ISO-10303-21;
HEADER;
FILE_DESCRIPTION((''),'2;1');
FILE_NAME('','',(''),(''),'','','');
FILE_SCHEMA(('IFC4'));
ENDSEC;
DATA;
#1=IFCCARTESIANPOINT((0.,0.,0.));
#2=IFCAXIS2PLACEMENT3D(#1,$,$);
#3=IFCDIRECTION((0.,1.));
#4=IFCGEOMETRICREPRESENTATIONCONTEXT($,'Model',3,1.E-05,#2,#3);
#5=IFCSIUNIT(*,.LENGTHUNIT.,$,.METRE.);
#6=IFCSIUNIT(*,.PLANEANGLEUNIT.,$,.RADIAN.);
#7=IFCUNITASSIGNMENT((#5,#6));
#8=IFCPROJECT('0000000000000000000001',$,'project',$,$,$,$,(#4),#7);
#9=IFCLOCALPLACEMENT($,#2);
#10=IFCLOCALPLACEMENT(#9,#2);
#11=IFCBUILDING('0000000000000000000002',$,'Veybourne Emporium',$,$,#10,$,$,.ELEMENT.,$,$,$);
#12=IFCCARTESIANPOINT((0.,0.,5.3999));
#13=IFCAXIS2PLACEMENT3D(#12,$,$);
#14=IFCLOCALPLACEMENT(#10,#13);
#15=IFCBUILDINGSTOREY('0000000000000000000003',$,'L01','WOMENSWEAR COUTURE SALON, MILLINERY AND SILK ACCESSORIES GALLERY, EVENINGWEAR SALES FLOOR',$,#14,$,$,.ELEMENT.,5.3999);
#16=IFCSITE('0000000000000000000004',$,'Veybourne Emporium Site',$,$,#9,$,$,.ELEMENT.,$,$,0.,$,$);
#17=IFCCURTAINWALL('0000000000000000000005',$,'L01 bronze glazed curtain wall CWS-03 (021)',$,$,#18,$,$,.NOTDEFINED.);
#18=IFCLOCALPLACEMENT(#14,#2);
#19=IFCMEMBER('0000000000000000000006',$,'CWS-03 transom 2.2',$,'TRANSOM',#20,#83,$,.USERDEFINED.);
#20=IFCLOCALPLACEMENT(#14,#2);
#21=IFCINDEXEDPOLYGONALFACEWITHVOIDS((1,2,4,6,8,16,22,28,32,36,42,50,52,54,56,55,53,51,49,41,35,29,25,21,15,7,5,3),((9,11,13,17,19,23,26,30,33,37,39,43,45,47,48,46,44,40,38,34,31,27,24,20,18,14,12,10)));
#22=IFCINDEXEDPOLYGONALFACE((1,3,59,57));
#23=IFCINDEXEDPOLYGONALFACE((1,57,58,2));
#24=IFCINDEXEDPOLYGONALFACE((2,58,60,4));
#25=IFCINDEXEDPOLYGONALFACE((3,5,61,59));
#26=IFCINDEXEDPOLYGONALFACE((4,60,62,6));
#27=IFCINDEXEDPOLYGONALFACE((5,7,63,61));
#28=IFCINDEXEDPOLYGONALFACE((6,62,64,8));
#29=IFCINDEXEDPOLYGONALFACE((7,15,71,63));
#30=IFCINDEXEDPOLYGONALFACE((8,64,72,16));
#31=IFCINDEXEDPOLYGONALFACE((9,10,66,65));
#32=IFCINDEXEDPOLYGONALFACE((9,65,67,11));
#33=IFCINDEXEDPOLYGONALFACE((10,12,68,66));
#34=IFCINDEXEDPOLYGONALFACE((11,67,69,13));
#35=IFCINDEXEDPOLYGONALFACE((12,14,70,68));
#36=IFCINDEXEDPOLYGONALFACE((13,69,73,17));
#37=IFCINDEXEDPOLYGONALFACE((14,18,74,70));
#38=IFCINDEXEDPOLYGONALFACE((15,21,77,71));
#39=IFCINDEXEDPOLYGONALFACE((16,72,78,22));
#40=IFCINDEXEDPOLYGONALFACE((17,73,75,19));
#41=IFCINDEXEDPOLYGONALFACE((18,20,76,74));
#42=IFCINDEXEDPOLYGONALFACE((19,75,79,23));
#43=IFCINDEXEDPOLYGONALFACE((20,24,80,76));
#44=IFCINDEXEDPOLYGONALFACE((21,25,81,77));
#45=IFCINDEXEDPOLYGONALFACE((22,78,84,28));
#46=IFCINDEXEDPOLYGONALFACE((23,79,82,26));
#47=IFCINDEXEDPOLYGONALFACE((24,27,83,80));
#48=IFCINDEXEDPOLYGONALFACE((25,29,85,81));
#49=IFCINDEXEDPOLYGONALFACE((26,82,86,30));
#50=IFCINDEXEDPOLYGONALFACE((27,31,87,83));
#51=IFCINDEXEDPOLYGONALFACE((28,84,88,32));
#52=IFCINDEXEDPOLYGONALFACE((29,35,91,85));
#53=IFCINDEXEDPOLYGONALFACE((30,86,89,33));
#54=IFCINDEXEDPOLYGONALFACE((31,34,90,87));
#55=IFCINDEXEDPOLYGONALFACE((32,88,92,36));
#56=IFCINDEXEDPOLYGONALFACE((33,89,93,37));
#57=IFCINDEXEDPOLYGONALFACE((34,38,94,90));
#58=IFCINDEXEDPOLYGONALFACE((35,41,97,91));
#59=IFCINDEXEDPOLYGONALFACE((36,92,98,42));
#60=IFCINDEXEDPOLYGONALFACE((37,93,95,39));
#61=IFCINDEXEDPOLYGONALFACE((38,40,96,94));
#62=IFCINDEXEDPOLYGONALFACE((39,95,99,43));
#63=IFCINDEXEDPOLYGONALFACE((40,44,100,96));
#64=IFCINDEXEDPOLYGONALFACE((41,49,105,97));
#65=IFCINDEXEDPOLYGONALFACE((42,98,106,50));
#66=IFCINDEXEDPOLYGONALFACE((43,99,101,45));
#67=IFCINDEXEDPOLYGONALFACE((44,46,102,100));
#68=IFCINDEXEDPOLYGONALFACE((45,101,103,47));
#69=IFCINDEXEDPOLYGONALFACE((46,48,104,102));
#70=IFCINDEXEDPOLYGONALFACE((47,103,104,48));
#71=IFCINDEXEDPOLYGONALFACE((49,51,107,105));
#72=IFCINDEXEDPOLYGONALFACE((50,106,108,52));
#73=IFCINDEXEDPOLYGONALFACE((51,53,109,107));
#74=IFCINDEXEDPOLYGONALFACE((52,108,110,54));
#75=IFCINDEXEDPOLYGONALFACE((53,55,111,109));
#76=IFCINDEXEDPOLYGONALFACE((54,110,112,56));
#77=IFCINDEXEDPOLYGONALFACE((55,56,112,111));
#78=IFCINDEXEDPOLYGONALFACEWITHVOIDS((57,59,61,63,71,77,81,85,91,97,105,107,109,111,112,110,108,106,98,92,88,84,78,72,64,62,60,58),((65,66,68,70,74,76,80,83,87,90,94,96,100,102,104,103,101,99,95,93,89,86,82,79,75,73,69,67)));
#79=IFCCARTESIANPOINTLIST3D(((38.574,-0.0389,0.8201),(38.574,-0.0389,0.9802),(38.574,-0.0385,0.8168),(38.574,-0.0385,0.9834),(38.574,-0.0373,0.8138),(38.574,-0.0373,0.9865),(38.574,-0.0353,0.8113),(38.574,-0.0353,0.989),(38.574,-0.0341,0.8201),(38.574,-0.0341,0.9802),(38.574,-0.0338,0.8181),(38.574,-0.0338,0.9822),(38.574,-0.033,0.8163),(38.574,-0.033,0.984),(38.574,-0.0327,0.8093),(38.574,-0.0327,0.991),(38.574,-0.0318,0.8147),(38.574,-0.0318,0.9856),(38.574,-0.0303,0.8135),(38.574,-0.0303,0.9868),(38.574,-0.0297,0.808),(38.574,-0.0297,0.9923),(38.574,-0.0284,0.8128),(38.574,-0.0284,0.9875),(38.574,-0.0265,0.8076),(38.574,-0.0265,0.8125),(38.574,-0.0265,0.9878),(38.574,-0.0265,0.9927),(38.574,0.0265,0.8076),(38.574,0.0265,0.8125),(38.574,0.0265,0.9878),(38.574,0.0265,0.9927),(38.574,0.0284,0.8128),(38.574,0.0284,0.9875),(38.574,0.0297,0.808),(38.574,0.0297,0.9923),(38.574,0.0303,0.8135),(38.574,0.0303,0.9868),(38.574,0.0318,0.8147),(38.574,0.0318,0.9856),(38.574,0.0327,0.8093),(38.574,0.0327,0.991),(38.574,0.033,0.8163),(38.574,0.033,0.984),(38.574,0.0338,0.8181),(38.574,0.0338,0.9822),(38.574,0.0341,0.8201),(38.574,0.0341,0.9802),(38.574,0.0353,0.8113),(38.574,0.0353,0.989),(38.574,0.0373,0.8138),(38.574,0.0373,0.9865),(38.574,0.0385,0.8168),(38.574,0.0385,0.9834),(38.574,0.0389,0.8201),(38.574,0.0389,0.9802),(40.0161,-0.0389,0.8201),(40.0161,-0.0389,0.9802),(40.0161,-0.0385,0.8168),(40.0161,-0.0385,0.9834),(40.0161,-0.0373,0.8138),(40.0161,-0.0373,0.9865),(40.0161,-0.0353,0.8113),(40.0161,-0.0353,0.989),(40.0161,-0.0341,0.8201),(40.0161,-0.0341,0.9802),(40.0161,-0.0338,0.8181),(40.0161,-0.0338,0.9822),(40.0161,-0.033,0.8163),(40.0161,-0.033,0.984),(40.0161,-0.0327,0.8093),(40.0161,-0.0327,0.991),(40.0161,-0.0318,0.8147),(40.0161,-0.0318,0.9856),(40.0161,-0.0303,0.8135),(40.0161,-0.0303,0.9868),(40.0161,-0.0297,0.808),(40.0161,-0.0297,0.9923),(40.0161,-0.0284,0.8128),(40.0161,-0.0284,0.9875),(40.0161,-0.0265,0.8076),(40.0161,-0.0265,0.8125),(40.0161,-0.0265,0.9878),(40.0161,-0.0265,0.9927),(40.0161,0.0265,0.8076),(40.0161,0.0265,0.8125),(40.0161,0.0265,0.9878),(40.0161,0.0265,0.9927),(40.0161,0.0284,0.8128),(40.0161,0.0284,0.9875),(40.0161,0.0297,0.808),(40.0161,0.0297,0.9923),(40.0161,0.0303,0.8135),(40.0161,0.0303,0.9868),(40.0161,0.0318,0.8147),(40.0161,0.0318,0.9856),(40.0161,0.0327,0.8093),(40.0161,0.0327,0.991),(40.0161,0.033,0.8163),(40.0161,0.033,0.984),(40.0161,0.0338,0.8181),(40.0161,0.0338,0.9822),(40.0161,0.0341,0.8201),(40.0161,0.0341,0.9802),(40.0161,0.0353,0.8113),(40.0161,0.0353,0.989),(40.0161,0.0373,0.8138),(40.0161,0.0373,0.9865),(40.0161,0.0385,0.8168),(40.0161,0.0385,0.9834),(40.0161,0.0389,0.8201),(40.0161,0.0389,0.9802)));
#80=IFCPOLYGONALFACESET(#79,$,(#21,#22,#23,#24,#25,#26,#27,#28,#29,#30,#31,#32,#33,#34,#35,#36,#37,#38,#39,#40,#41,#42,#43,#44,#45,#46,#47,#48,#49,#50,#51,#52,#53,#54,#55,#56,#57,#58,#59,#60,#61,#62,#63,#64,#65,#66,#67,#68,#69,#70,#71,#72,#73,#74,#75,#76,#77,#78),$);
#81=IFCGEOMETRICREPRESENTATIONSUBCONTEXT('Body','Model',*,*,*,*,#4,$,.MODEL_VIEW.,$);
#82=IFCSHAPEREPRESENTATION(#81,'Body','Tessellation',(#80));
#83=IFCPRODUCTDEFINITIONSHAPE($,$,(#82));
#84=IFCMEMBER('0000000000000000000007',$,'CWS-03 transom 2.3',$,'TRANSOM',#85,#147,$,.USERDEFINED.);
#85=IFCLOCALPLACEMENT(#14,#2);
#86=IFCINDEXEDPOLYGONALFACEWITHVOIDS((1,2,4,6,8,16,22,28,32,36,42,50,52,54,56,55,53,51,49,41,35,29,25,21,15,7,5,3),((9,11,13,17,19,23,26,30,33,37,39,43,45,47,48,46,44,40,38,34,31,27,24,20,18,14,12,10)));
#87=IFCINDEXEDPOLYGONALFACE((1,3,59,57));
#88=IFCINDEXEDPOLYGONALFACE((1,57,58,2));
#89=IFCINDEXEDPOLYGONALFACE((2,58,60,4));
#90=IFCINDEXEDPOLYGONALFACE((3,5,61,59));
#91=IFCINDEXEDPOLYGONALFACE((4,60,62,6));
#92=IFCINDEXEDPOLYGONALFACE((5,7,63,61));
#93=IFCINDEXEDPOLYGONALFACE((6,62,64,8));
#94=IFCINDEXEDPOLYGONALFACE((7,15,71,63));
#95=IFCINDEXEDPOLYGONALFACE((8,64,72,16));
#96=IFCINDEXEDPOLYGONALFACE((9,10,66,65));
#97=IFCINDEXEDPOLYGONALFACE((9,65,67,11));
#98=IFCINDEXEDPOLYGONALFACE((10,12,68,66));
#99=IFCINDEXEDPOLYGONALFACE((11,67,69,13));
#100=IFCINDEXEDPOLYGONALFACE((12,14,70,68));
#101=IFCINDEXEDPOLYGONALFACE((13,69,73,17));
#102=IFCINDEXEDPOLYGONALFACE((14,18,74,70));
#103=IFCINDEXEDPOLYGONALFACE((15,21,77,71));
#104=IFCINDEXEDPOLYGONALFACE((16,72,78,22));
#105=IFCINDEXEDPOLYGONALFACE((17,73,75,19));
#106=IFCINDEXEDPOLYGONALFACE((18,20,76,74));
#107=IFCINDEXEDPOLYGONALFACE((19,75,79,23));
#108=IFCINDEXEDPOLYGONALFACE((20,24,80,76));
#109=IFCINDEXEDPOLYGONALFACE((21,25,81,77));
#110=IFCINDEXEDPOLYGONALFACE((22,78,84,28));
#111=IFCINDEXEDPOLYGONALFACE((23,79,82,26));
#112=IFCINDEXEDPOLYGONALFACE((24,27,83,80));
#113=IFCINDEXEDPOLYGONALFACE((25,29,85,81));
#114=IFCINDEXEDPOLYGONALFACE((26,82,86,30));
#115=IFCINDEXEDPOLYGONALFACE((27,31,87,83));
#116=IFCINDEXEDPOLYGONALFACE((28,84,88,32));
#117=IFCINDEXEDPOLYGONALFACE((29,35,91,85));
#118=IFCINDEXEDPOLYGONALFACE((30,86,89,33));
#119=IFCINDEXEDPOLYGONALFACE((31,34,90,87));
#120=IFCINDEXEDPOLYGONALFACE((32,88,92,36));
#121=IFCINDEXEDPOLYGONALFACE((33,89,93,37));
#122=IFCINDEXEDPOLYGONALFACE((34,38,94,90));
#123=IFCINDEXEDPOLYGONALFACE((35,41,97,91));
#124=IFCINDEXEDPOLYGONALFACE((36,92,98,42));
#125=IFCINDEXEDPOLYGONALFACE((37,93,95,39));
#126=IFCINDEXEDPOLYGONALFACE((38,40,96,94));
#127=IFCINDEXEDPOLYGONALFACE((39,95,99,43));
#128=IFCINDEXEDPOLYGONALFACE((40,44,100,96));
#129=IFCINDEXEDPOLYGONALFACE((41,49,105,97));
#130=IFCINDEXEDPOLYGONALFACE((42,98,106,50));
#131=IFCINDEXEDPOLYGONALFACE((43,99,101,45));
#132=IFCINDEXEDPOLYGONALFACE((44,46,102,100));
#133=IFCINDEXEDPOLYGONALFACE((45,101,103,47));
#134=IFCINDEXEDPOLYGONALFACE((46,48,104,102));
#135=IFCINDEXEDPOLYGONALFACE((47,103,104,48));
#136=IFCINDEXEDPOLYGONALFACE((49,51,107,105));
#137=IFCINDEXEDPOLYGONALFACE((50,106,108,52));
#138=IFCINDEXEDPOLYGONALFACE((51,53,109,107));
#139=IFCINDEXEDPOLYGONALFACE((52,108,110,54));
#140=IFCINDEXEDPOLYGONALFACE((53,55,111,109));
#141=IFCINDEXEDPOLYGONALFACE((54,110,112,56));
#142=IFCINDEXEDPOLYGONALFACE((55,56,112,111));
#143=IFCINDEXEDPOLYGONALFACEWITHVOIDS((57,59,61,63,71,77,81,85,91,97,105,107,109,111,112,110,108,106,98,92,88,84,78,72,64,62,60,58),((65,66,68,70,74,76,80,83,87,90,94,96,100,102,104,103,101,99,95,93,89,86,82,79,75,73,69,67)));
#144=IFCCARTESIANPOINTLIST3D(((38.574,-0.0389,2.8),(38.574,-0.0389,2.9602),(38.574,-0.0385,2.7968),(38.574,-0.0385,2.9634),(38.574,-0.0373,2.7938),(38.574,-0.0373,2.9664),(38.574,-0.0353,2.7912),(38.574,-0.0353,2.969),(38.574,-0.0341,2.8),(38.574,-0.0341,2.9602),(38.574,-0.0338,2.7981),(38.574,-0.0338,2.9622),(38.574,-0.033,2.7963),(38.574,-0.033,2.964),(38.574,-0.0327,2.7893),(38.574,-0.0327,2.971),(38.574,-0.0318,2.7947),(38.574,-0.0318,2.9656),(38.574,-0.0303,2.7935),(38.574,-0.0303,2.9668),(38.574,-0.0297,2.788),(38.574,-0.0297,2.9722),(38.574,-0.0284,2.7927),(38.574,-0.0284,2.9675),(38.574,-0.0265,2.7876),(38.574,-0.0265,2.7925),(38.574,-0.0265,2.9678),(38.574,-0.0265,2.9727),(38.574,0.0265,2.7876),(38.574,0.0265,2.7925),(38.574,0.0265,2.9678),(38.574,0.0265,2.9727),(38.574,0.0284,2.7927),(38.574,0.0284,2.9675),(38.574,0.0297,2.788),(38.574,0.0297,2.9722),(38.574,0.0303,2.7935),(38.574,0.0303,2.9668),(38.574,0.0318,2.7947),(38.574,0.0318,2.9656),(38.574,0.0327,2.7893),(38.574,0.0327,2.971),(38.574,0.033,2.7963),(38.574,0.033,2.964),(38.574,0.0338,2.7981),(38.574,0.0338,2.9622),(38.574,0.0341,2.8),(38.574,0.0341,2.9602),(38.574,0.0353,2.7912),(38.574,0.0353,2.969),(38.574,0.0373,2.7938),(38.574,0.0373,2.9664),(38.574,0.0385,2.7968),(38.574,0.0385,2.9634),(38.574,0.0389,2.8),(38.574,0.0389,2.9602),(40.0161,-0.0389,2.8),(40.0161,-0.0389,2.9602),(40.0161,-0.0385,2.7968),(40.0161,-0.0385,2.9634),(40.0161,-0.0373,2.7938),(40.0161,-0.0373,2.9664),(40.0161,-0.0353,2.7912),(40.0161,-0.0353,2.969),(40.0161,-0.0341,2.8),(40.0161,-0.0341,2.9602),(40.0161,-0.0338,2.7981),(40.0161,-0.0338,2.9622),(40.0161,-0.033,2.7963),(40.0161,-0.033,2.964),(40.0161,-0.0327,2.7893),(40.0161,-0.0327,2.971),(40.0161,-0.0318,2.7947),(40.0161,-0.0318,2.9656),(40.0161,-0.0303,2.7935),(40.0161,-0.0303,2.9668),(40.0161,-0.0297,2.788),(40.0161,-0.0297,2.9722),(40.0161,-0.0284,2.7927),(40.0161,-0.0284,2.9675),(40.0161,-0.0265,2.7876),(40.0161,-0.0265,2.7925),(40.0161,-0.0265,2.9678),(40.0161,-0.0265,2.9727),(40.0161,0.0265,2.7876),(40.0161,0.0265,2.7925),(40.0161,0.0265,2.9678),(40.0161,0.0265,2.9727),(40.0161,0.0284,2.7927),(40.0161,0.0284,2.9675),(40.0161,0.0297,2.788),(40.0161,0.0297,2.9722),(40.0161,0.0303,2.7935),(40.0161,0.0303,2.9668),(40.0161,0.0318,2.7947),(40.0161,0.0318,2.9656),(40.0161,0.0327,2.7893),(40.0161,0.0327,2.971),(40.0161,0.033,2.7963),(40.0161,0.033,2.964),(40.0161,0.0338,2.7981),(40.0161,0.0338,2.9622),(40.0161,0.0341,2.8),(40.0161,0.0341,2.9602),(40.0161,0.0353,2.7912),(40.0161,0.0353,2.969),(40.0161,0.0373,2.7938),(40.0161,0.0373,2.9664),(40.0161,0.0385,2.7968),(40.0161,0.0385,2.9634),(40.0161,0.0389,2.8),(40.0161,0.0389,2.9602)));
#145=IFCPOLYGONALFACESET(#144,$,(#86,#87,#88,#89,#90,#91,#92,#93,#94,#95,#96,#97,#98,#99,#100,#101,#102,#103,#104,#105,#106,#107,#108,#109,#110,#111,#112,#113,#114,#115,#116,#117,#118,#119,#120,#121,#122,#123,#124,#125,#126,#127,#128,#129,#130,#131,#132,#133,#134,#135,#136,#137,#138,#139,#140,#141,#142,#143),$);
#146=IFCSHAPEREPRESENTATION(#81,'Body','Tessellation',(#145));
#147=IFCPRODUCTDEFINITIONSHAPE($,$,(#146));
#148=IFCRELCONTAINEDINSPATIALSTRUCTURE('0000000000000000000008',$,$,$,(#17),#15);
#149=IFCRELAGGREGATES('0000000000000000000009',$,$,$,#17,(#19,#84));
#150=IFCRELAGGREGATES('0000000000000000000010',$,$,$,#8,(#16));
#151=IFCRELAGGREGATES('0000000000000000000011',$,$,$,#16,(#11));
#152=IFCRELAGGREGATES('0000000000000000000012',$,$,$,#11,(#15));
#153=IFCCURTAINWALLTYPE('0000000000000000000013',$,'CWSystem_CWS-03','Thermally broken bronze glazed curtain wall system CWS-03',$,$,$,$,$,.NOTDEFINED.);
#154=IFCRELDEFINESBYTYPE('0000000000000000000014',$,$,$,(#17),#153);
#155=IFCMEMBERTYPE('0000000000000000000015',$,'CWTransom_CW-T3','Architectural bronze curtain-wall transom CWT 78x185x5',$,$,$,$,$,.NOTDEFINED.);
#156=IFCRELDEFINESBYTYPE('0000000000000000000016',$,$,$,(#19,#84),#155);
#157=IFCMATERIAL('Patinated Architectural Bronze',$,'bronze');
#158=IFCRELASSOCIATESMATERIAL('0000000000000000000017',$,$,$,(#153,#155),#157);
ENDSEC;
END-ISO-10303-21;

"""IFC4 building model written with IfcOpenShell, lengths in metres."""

from ifc_helpers import new_model, si_unit, direction, frame, origin, origin_2d, place, context, subcontext, project, spatial, hollow_rectangle, extrude, material, material_profile, profile_set, type_object, element, aggregate, save


model = new_model("IFC4")

# Units and contexts
model_context = context("Model", 3, precision=1e-05, world=origin(), true_north=direction((0.0, 1.0)))
body_context = subcontext(model_context, "Body", "Model", "MODEL_VIEW")
ifc_project = project(units=[si_unit("LENGTHUNIT", "METRE"), si_unit("PLANEANGLEUNIT", "RADIAN")], contexts=[model_context])

# Site, building, storey
site_placement = place(None, origin())
site = spatial("IfcSite", under=ifc_project, at=site_placement, Name="Veybourne Emporium Site", CompositionType="ELEMENT", RefElevation=0.0)
building_placement = place(site_placement, origin())
building = spatial("IfcBuilding", under=site, at=building_placement, Name="Veybourne Emporium", CompositionType="ELEMENT")
storey_placement = place(building_placement, frame((0.0, 0.0, 5.3999)))
storey = spatial("IfcBuildingStorey", under=building, at=storey_placement, Name="L01", Description="WOMENSWEAR COUTURE SALON, MILLINERY AND SILK ACCESSORIES GALLERY, EVENINGWEAR SALES FLOOR", CompositionType="ELEMENT", Elevation=5.3999)

# Curtain wall, members
ifc_material_1 = material(Name="Patinated Architectural Bronze", Category="bronze")
curtain_wall_type = type_object("IfcCurtainWallType", Name="CWSystem_CWS-03", Description="Thermally broken bronze glazed curtain wall system CWS-03", PredefinedType="NOTDEFINED", material=ifc_material_1)
curtain_wall_placement = place(storey_placement, origin())
curtain_wall = element("IfcCurtainWall", 1, at=curtain_wall_placement, inside=storey, type_object=curtain_wall_type, Name="L01 bronze glazed curtain wall CWS-03 (021)", PredefinedType="NOTDEFINED")
ifc_material_profile_1 = material_profile(ifc_material_1, hollow_rectangle(XDim=0.0779, YDim=0.1851, WallThickness=0.0049, InnerFilletRadius=0.0076, OuterFilletRadius=0.0125, at=origin_2d()), Name="CWT 78x185x5")
ifc_profile_set_1 = profile_set([ifc_material_profile_1], Name="Patinated Architectural Bronze")
member_type_1 = type_object("IfcMemberType", Name="CWTransom_CW-T3", Description="Architectural bronze curtain-wall transom CWT 78x185x5", PredefinedType="NOTDEFINED", material=ifc_profile_set_1)
member_1_placement = place(storey_placement, frame((40.0161, 0.0, 0.9001), z_axis=(-1.0, 0.0, 0.0), x_axis=(0.0, -1.0, 0.0)))
member_1 = element("IfcMember", 2, at=member_1_placement, type_object=member_type_1, Name="CWS-03 transom 2.2", ObjectType="TRANSOM", PredefinedType="USERDEFINED", context=body_context, shape_type="SweptSolid", body=[
    extrude(hollow_rectangle(XDim=0.0779, YDim=0.1851, WallThickness=0.0049, InnerFilletRadius=0.0076, OuterFilletRadius=0.0125, at=origin_2d()), origin(), (0.0, 0.0, 1.0), 1.4421),
])
member_2_placement = place(storey_placement, frame((40.0161, 0.0, 2.8801), z_axis=(-1.0, 0.0, 0.0), x_axis=(0.0, -1.0, 0.0)))
member_2 = element("IfcMember", 3, at=member_2_placement, type_object=member_type_1, Name="CWS-03 transom 2.3", ObjectType="TRANSOM", PredefinedType="USERDEFINED", context=body_context, shape_type="SweptSolid", body=[
    extrude(hollow_rectangle(XDim=0.0779, YDim=0.1851, WallThickness=0.0049, InnerFilletRadius=0.0076, OuterFilletRadius=0.0125, at=origin_2d()), origin(), (0.0, 0.0, 1.0), 1.4421),
])
aggregate(curtain_wall, [member_1, member_2])

save(model, "model.ifc")
